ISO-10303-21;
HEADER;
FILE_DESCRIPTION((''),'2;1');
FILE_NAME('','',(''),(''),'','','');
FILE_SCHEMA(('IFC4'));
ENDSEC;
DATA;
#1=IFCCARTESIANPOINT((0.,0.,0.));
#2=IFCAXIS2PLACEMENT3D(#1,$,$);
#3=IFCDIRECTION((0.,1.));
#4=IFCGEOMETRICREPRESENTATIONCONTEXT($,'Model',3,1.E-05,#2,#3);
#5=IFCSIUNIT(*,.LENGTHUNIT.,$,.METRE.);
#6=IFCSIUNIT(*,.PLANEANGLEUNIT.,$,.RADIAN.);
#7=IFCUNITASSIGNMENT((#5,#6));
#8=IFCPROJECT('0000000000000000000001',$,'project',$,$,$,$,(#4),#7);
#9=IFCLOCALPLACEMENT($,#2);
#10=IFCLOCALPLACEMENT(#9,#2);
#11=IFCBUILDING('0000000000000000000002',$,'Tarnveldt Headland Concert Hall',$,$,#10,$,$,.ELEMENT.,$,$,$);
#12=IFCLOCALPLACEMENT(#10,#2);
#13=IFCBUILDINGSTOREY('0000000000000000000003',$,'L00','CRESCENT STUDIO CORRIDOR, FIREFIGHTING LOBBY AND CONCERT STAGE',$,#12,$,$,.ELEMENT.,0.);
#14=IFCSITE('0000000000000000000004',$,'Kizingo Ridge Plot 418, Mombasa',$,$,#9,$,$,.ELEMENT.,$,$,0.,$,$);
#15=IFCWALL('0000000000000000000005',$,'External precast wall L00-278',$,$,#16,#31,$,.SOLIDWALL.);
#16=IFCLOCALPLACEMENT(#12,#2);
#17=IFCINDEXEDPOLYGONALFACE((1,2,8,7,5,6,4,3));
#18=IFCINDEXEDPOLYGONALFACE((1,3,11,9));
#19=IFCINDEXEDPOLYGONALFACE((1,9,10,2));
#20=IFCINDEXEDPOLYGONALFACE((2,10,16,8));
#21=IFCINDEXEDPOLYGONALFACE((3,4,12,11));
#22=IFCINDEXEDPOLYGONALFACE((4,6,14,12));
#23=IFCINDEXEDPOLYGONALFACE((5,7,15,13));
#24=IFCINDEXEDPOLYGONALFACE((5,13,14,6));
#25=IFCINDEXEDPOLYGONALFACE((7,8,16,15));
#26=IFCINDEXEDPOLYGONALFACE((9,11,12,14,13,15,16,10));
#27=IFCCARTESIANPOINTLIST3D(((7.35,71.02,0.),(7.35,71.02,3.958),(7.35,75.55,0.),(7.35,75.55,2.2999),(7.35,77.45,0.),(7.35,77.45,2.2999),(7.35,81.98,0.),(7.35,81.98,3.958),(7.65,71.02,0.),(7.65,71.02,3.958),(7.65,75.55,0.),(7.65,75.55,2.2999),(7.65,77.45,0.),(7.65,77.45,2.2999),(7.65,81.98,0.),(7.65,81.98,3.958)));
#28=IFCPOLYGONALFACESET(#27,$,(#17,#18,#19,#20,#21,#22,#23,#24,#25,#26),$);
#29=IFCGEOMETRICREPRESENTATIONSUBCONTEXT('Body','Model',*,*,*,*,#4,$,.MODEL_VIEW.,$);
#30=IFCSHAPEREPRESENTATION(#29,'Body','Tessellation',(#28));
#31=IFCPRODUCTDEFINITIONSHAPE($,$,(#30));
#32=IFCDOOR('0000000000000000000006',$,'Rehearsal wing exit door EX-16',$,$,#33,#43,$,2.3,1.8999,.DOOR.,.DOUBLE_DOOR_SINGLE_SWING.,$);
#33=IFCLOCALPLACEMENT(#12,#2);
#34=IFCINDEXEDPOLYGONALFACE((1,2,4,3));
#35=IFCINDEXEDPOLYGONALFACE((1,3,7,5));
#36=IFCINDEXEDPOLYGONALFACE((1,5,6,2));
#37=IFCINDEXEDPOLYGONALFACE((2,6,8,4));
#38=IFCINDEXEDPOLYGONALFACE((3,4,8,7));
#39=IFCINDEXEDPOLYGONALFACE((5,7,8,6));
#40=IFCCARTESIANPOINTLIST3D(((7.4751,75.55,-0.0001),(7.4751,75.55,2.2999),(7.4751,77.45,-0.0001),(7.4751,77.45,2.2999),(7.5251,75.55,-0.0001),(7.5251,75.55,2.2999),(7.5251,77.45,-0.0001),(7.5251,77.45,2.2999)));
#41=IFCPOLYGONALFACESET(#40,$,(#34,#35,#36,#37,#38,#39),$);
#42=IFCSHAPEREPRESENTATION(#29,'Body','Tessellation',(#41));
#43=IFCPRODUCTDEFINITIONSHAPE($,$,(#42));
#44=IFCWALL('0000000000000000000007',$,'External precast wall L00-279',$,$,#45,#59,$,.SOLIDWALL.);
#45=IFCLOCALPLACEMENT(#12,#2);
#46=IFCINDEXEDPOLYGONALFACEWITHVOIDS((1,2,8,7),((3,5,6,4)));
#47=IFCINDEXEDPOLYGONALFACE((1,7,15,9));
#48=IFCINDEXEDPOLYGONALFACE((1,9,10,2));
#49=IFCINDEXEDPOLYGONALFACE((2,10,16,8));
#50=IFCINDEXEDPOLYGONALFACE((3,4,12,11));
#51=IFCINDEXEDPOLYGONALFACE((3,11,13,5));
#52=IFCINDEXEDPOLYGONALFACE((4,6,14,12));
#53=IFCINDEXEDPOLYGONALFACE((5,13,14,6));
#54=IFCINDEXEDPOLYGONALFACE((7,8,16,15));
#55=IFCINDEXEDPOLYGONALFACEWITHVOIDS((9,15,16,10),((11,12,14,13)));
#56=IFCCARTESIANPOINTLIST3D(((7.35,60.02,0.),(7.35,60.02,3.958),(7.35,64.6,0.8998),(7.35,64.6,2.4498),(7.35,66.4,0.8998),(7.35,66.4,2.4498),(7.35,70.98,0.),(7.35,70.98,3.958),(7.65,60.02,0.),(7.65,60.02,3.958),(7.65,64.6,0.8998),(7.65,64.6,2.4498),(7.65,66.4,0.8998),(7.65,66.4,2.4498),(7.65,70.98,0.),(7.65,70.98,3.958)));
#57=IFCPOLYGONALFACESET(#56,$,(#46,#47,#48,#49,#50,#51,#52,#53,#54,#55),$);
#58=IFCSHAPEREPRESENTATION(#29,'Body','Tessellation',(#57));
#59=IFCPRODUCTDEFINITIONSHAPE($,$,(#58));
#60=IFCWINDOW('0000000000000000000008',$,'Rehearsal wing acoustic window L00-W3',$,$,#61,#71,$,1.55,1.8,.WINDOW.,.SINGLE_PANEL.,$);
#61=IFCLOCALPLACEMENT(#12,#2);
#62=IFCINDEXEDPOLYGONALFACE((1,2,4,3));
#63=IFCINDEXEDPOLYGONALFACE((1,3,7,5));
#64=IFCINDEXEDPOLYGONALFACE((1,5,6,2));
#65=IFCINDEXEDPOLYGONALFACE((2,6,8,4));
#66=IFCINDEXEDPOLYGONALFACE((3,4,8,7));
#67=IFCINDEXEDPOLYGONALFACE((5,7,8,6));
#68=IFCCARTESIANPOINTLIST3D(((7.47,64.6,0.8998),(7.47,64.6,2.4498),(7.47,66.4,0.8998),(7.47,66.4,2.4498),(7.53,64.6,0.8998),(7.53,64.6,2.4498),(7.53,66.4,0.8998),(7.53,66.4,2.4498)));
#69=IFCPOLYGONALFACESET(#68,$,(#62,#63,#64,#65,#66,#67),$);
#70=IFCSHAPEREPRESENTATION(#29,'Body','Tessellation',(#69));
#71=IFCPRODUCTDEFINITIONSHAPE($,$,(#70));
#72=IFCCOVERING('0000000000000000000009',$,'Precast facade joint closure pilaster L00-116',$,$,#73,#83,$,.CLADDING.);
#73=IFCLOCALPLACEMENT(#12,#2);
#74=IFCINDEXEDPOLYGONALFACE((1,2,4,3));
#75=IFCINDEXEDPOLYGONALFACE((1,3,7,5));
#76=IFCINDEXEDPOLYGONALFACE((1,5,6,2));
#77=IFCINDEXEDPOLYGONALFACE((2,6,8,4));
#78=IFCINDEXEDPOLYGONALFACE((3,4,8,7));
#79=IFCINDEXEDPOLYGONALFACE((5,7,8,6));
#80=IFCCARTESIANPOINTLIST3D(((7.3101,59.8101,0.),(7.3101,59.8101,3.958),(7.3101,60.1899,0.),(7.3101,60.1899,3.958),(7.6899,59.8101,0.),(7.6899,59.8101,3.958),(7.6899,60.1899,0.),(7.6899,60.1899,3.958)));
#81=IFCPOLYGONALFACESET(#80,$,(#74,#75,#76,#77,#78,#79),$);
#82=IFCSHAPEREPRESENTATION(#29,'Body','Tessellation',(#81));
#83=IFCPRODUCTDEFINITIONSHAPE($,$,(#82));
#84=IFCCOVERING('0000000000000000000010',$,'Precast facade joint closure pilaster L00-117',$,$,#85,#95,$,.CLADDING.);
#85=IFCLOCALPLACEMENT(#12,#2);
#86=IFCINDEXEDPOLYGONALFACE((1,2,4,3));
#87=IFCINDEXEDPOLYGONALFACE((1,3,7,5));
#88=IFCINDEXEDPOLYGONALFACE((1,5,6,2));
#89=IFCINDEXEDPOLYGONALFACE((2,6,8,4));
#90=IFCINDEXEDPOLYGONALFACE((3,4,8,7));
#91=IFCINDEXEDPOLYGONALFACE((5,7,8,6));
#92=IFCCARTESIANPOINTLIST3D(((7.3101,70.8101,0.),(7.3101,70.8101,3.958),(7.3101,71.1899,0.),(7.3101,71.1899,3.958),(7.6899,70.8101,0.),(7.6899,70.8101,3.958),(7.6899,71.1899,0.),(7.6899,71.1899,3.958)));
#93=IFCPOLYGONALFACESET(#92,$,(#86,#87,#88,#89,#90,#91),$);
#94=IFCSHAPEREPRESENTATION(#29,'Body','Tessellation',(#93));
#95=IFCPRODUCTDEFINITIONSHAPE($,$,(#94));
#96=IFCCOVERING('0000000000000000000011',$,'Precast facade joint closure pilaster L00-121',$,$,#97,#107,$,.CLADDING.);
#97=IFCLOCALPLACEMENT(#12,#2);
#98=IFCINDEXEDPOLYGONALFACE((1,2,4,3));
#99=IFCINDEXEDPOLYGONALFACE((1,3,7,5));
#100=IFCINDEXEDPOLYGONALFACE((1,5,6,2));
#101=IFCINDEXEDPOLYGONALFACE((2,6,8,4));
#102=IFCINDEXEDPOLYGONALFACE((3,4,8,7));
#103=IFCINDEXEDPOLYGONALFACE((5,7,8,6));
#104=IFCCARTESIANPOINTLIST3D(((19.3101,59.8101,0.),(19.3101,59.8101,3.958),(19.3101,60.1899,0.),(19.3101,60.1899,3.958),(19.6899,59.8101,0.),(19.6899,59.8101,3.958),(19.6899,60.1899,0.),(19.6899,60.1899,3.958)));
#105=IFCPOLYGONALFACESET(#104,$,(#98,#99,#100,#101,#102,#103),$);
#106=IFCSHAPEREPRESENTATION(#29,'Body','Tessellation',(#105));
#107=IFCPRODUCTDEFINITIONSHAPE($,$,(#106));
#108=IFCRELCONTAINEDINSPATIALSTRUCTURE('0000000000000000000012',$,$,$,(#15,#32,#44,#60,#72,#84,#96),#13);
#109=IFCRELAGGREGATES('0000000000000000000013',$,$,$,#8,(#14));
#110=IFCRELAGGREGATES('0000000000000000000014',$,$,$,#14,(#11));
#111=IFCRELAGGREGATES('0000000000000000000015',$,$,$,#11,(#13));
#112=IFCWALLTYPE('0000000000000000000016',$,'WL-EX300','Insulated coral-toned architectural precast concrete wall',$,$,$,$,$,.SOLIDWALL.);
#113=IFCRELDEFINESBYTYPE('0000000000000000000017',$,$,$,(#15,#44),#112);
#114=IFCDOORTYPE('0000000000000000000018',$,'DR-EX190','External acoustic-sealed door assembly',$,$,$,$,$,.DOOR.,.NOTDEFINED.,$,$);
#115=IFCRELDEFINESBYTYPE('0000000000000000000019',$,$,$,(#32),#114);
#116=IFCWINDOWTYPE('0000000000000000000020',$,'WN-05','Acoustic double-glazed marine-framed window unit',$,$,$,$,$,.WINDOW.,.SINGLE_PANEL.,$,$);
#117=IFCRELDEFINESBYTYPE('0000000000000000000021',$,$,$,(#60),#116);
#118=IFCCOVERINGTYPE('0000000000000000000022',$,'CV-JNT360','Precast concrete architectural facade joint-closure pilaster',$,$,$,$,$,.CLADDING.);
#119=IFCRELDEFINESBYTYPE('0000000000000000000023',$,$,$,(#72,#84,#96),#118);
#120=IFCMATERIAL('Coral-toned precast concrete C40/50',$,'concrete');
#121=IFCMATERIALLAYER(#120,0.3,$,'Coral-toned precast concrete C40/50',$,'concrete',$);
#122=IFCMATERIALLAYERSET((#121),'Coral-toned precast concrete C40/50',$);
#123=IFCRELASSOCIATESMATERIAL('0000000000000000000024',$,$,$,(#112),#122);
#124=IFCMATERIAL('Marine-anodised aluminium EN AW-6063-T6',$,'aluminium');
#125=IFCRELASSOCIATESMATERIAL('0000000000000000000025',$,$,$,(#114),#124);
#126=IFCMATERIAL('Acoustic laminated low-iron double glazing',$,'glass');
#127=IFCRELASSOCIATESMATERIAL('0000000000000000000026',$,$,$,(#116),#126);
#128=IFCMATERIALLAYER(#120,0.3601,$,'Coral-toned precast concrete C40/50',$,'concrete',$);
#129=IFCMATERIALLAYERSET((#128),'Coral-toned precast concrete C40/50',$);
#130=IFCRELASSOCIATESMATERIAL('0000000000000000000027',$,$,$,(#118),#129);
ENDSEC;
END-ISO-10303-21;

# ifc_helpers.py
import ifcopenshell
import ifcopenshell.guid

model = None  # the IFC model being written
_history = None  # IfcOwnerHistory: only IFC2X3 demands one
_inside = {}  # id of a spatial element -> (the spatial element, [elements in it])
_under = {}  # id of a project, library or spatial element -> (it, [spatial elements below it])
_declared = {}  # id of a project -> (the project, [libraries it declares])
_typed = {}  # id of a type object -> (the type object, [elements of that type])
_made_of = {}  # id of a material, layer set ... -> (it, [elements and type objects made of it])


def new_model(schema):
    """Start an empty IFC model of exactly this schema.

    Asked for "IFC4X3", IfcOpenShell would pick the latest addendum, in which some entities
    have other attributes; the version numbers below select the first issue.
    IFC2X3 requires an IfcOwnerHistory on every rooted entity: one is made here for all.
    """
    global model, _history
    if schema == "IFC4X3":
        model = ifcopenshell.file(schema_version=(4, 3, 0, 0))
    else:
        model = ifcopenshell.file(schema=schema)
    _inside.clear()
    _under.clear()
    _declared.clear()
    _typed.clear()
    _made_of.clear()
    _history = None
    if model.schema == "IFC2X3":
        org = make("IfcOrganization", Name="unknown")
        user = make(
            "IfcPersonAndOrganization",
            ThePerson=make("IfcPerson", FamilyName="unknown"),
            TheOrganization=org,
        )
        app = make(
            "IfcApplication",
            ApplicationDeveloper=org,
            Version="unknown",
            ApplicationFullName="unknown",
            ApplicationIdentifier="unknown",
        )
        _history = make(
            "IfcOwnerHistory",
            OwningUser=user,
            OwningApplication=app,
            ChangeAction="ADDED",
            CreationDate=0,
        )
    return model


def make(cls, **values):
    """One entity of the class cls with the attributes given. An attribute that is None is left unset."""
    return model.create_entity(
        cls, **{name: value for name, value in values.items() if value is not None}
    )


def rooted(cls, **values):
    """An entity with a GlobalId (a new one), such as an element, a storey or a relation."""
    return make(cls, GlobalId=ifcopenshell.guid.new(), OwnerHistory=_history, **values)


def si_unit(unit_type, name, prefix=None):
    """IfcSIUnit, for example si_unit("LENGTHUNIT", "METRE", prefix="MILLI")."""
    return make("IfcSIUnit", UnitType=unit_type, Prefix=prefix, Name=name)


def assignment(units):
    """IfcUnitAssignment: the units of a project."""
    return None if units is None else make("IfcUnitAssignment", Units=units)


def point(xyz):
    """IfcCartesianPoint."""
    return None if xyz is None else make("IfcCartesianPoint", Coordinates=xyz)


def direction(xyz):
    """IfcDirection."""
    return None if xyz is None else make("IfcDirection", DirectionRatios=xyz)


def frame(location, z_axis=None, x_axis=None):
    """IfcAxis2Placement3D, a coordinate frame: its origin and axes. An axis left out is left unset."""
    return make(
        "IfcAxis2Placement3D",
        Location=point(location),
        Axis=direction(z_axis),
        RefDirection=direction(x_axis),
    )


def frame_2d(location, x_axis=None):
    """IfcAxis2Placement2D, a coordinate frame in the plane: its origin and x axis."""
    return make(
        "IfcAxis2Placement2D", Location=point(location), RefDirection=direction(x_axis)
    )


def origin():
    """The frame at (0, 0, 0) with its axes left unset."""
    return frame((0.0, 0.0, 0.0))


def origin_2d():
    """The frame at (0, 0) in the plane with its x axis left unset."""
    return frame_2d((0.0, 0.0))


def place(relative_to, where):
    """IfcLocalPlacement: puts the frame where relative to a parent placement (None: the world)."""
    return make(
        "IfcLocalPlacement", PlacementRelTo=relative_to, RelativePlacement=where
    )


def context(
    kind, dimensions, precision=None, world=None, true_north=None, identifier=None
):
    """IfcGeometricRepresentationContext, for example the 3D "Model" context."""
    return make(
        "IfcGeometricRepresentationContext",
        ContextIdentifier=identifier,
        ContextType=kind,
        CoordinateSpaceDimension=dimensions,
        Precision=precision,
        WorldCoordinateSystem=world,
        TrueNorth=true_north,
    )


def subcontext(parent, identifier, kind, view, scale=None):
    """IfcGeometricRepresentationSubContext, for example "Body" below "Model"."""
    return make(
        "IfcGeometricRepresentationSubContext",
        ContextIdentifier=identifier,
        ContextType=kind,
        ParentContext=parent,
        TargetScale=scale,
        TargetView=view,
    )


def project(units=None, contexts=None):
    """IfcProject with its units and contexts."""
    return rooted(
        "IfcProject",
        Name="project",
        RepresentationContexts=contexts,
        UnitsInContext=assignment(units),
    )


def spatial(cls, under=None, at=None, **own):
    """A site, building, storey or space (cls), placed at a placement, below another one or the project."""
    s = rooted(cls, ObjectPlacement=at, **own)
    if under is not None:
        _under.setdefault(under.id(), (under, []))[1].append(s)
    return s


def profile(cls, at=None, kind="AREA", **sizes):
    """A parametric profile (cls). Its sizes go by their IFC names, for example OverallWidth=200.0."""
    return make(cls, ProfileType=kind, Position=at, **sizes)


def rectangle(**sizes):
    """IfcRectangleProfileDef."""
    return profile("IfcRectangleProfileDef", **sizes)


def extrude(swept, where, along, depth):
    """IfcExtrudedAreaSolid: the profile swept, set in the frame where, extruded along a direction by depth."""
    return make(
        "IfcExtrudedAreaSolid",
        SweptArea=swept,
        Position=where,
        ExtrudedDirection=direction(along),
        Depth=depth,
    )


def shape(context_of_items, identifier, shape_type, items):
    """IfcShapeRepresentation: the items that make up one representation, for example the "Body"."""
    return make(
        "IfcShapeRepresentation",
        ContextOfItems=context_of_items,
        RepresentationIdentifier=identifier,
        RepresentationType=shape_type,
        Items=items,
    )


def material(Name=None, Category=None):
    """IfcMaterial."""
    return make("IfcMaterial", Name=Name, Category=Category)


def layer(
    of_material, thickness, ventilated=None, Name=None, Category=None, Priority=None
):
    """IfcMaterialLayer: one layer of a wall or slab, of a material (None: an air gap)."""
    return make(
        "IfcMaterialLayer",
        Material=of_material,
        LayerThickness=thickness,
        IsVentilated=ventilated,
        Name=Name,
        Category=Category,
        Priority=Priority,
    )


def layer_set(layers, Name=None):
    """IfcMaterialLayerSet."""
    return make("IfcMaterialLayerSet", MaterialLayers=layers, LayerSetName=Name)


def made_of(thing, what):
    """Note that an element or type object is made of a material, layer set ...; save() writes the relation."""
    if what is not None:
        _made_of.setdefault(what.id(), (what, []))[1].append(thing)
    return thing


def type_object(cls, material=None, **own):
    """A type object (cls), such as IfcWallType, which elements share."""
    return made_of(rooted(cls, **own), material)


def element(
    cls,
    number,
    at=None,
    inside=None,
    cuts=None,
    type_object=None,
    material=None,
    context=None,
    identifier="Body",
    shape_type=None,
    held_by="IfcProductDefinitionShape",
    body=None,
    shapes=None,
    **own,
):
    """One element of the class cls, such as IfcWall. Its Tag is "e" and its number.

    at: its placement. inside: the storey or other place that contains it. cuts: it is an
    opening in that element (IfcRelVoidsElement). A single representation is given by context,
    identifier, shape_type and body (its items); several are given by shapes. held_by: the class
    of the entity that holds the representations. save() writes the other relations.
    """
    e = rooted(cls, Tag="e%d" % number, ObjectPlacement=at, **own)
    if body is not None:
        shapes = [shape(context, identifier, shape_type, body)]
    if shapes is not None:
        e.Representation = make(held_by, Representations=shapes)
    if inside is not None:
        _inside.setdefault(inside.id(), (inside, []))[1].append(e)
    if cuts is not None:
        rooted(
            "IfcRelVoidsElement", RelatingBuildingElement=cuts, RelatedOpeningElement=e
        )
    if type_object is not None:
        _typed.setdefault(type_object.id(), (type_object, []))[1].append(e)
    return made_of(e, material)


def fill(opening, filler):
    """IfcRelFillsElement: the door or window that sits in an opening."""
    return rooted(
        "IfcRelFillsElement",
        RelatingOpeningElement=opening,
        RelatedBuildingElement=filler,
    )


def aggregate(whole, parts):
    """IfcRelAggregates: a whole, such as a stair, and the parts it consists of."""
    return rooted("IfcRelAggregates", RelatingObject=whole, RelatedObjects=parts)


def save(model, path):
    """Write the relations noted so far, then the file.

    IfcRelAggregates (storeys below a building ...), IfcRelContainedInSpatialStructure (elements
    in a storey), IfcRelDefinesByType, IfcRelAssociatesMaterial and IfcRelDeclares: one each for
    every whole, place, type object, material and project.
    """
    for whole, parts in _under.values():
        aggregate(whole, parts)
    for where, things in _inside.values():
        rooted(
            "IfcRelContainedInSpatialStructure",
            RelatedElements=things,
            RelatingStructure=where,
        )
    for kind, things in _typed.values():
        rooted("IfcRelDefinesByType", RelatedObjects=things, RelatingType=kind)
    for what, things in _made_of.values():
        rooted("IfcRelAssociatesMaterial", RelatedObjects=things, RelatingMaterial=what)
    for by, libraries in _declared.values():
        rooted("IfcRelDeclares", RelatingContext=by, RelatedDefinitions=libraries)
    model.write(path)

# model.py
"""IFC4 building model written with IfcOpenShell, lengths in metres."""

from ifc_helpers import new_model, si_unit, direction, frame, frame_2d, origin, origin_2d, place, context, subcontext, project, spatial, rectangle, extrude, material, layer, layer_set, type_object, element, fill, save


model = new_model("IFC4")

# Units and contexts
model_context = context("Model", 3, precision=1e-05, world=origin(), true_north=direction((0.0, 1.0)))
body_context = subcontext(model_context, "Body", "Model", "MODEL_VIEW")
ifc_project = project(units=[si_unit("LENGTHUNIT", "METRE"), si_unit("PLANEANGLEUNIT", "RADIAN")], contexts=[model_context])

# Site, building, storey
site_placement = place(None, origin())
site = spatial("IfcSite", under=ifc_project, at=site_placement, Name="Kizingo Ridge Plot 418, Mombasa", CompositionType="ELEMENT", RefElevation=0.0)
building_placement = place(site_placement, origin())
building = spatial("IfcBuilding", under=site, at=building_placement, Name="Tarnveldt Headland Concert Hall", CompositionType="ELEMENT")
storey_placement = place(building_placement, origin())
storey = spatial("IfcBuildingStorey", under=building, at=storey_placement, Name="L00", Description="CRESCENT STUDIO CORRIDOR, FIREFIGHTING LOBBY AND CONCERT STAGE", CompositionType="ELEMENT", Elevation=0.0)

# Shared definitions
ifc_material_1 = material(Name="Coral-toned precast concrete C40/50", Category="concrete")
ifc_layer_1 = layer(ifc_material_1, 0.3, Name="Coral-toned precast concrete C40/50", Category="concrete")
ifc_layer_set_1 = layer_set([ifc_layer_1], Name="Coral-toned precast concrete C40/50")
wall_type = type_object("IfcWallType", Name="WL-EX300", Description="Insulated coral-toned architectural precast concrete wall", PredefinedType="SOLIDWALL", material=ifc_layer_set_1)
ifc_material_2 = material(Name="Acoustic laminated low-iron double glazing", Category="glass")

# Wall, opening, door
wall_1_placement = place(storey_placement, frame((7.5, 71.02, 0.0), z_axis=(0.0, 0.0, 1.0), x_axis=(0.0, 1.0, 0.0)))
wall_1 = element("IfcWall", 1, at=wall_1_placement, inside=storey, type_object=wall_type, Name="External precast wall L00-278", PredefinedType="SOLIDWALL", context=body_context, shape_type="SweptSolid", body=[
    extrude(rectangle(XDim=10.96, YDim=0.3, at=frame_2d((5.48, 0.0))), origin(), (0.0, 0.0, 1.0), 3.958),
])
opening_1_placement = place(wall_1_placement, frame((4.53, 0.0, 0.0)))
opening_1 = element("IfcOpeningElement", 2, at=opening_1_placement, cuts=wall_1, PredefinedType="OPENING", context=body_context, shape_type="SweptSolid", body=[
    extrude(rectangle(XDim=1.8999, YDim=2.3, at=frame_2d((0.95, 1.1499))), frame((0.0, 0.1599, 0.0), z_axis=(0.0, -1.0, 0.0), x_axis=(1.0, 0.0, 0.0)), (0.0, 0.0, 1.0), 0.3201),
])
ifc_material_3 = material(Name="Marine-anodised aluminium EN AW-6063-T6", Category="aluminium")
door_type = type_object("IfcDoorType", Name="DR-EX190", Description="External acoustic-sealed door assembly", OperationType="NOTDEFINED", PredefinedType="DOOR", material=ifc_material_3)
door_placement = place(opening_1_placement, origin())
door = element("IfcDoor", 3, at=door_placement, inside=storey, type_object=door_type, Name="Rehearsal wing exit door EX-16", OperationType="DOUBLE_DOOR_SINGLE_SWING", OverallHeight=2.3, OverallWidth=1.8999, PredefinedType="DOOR", context=body_context, shape_type="SweptSolid", body=[
    extrude(rectangle(XDim=1.8999, YDim=2.3, at=frame_2d((0.95, 1.1499))), frame((0.0, 0.0249, 0.0), z_axis=(0.0, -1.0, 0.0), x_axis=(1.0, 0.0, 0.0)), (0.0, 0.0, 1.0), 0.05),
])
fill(opening_1, door)

# Wall, opening, window
wall_2_placement = place(storey_placement, frame((7.5, 60.02, 0.0), z_axis=(0.0, 0.0, 1.0), x_axis=(0.0, 1.0, 0.0)))
wall_2 = element("IfcWall", 4, at=wall_2_placement, inside=storey, type_object=wall_type, Name="External precast wall L00-279", PredefinedType="SOLIDWALL", context=body_context, shape_type="SweptSolid", body=[
    extrude(rectangle(XDim=10.96, YDim=0.3, at=frame_2d((5.48, 0.0))), origin(), (0.0, 0.0, 1.0), 3.958),
])
opening_2_placement = place(wall_2_placement, frame((4.5801, 0.0, 0.8999)))
opening_2 = element("IfcOpeningElement", 5, at=opening_2_placement, cuts=wall_2, PredefinedType="OPENING", context=body_context, shape_type="SweptSolid", body=[
    extrude(rectangle(XDim=1.8, YDim=1.55, at=frame_2d((0.8999, 0.7749))), frame((0.0, 0.1599, 0.0), z_axis=(0.0, -1.0, 0.0), x_axis=(1.0, 0.0, 0.0)), (0.0, 0.0, 1.0), 0.3201),
])
window_type_1 = type_object("IfcWindowType", Name="WN-05", Description="Acoustic double-glazed marine-framed window unit", PartitioningType="SINGLE_PANEL", PredefinedType="WINDOW", material=ifc_material_2)
window_1_placement = place(opening_2_placement, origin())
window_1 = element("IfcWindow", 6, at=window_1_placement, inside=storey, type_object=window_type_1, Name="Rehearsal wing acoustic window L00-W3", OverallHeight=1.55, OverallWidth=1.8, PartitioningType="SINGLE_PANEL", PredefinedType="WINDOW", context=body_context, shape_type="SweptSolid", body=[
    extrude(rectangle(XDim=1.8, YDim=1.55, at=frame_2d((0.8999, 0.7749))), frame((0.0, 0.03, 0.0), z_axis=(0.0, -1.0, 0.0), x_axis=(1.0, 0.0, 0.0)), (0.0, 0.0, 1.0), 0.0601),
])
fill(opening_2, window_1)

# Coverings
ifc_layer_2 = layer(ifc_material_1, 0.3601, Name="Coral-toned precast concrete C40/50", Category="concrete")
ifc_layer_set_2 = layer_set([ifc_layer_2], Name="Coral-toned precast concrete C40/50")
covering_type = type_object("IfcCoveringType", Name="CV-JNT360", Description="Precast concrete architectural facade joint-closure pilaster", PredefinedType="CLADDING", material=ifc_layer_set_2)
for number, where, z_axis, x_axis, name in (
    (7, (7.5, 60.0, 0.0), (0.0, 0.0, 1.0), (-1.0, 0.0, 0.0), "Precast facade joint closure pilaster L00-116"),
    (8, (7.5, 71.0, 0.0), (0.0, 0.0, 1.0), (0.0, 1.0, 0.0), "Precast facade joint closure pilaster L00-117"),
    (9, (19.5, 60.0, 0.0), (0.0, 0.0, 1.0), (-1.0, 0.0, 0.0), "Precast facade joint closure pilaster L00-121"),
):
    element("IfcCovering", number, at=place(storey_placement, frame(where, z_axis=z_axis, x_axis=x_axis)), inside=storey, type_object=covering_type, Name=name, PredefinedType="CLADDING", context=body_context, shape_type="SweptSolid", body=[
        extrude(rectangle(XDim=0.3799, YDim=0.3799, at=origin_2d()), origin(), (0.0, 0.0, 1.0), 3.958),
    ])

save(model, "model.ifc")
